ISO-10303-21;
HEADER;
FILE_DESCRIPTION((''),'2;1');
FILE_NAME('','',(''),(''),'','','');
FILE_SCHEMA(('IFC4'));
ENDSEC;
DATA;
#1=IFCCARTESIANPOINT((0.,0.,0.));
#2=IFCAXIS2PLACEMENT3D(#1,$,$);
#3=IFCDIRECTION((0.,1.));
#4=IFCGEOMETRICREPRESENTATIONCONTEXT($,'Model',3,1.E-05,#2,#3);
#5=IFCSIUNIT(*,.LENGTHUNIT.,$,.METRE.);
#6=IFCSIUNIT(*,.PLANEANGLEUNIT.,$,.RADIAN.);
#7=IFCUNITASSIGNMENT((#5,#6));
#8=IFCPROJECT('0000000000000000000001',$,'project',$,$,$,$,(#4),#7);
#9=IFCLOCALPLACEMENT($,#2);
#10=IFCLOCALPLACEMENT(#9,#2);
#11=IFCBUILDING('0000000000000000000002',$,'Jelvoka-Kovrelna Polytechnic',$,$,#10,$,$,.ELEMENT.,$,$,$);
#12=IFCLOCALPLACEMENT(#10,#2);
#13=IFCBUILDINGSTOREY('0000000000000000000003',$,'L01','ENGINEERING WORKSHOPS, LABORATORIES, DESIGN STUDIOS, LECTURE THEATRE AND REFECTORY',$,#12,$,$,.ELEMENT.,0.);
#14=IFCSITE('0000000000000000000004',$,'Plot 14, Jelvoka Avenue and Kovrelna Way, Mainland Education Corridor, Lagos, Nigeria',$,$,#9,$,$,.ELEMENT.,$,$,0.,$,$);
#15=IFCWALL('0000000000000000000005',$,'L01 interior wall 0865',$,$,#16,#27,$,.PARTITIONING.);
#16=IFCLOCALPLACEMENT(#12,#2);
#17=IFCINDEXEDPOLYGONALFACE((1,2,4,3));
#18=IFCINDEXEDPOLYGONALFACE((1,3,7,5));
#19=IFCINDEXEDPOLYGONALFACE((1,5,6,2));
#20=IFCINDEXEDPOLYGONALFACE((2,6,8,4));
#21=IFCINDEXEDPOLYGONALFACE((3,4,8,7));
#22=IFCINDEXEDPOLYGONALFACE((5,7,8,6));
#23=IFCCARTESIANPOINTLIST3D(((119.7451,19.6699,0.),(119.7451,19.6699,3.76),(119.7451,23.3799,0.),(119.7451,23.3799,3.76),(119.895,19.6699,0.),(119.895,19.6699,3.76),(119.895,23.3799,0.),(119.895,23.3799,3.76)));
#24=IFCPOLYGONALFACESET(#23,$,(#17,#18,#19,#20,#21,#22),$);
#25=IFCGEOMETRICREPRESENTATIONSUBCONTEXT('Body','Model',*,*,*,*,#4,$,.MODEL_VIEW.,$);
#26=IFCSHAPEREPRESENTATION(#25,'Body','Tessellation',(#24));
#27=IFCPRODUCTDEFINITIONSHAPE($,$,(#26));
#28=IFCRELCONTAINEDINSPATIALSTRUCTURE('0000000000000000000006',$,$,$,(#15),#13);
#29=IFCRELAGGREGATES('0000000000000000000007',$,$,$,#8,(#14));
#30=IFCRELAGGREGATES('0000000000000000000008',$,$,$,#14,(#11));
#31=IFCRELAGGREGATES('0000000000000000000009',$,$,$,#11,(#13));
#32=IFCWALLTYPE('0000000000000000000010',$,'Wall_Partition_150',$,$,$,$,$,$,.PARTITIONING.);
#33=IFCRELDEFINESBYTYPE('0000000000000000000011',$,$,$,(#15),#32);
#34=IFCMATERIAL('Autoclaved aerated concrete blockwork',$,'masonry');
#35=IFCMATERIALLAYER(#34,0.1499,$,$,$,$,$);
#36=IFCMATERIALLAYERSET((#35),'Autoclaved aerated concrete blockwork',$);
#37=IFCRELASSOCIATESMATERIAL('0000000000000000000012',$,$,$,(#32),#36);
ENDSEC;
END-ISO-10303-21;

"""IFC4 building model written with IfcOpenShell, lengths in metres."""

from ifc_helpers import new_model, si_unit, direction, frame, frame_2d, origin, place, context, subcontext, project, spatial, rectangle, extrude, material, layer, layer_set, type_object, element, save


model = new_model("IFC4")

# Units and contexts
model_context = context("Model", 3, precision=1e-05, world=origin(), true_north=direction((0.0, 1.0)))
body_context = subcontext(model_context, "Body", "Model", "MODEL_VIEW")
ifc_project = project(units=[si_unit("LENGTHUNIT", "METRE"), si_unit("PLANEANGLEUNIT", "RADIAN")], contexts=[model_context])

# Site, building, storey
site_placement = place(None, origin())
site = spatial("IfcSite", under=ifc_project, at=site_placement, Name="Plot 14, Jelvoka Avenue and Kovrelna Way, Mainland Education Corridor, Lagos, Nigeria", CompositionType="ELEMENT", RefElevation=0.0)
building_placement = place(site_placement, origin())
building = spatial("IfcBuilding", under=site, at=building_placement, Name="Jelvoka-Kovrelna Polytechnic", CompositionType="ELEMENT")
storey_placement = place(building_placement, origin())
storey = spatial("IfcBuildingStorey", under=building, at=storey_placement, Name="L01", Description="ENGINEERING WORKSHOPS, LABORATORIES, DESIGN STUDIOS, LECTURE THEATRE AND REFECTORY", CompositionType="ELEMENT", Elevation=0.0)

# Wall
ifc_material_1 = material(Name="Autoclaved aerated concrete blockwork", Category="masonry")
ifc_layer_1 = layer(ifc_material_1, 0.1499)
ifc_layer_set_1 = layer_set([ifc_layer_1], Name="Autoclaved aerated concrete blockwork")
wall_type_1 = type_object("IfcWallType", Name="Wall_Partition_150", PredefinedType="PARTITIONING", material=ifc_layer_set_1)
wall_1_placement = place(storey_placement, frame((119.8201, 19.6699, 0.0), z_axis=(0.0, 0.0, 1.0), x_axis=(0.0, 1.0, 0.0)))
element("IfcWall", 1, at=wall_1_placement, inside=storey, type_object=wall_type_1, Name="L01 interior wall 0865", PredefinedType="PARTITIONING", context=body_context, shape_type="SweptSolid", body=[
    extrude(rectangle(XDim=3.71, YDim=0.1499, at=frame_2d((1.855, 0.0))), origin(), (0.0, 0.0, 1.0), 3.76),
])

save(model, "model.ifc")
